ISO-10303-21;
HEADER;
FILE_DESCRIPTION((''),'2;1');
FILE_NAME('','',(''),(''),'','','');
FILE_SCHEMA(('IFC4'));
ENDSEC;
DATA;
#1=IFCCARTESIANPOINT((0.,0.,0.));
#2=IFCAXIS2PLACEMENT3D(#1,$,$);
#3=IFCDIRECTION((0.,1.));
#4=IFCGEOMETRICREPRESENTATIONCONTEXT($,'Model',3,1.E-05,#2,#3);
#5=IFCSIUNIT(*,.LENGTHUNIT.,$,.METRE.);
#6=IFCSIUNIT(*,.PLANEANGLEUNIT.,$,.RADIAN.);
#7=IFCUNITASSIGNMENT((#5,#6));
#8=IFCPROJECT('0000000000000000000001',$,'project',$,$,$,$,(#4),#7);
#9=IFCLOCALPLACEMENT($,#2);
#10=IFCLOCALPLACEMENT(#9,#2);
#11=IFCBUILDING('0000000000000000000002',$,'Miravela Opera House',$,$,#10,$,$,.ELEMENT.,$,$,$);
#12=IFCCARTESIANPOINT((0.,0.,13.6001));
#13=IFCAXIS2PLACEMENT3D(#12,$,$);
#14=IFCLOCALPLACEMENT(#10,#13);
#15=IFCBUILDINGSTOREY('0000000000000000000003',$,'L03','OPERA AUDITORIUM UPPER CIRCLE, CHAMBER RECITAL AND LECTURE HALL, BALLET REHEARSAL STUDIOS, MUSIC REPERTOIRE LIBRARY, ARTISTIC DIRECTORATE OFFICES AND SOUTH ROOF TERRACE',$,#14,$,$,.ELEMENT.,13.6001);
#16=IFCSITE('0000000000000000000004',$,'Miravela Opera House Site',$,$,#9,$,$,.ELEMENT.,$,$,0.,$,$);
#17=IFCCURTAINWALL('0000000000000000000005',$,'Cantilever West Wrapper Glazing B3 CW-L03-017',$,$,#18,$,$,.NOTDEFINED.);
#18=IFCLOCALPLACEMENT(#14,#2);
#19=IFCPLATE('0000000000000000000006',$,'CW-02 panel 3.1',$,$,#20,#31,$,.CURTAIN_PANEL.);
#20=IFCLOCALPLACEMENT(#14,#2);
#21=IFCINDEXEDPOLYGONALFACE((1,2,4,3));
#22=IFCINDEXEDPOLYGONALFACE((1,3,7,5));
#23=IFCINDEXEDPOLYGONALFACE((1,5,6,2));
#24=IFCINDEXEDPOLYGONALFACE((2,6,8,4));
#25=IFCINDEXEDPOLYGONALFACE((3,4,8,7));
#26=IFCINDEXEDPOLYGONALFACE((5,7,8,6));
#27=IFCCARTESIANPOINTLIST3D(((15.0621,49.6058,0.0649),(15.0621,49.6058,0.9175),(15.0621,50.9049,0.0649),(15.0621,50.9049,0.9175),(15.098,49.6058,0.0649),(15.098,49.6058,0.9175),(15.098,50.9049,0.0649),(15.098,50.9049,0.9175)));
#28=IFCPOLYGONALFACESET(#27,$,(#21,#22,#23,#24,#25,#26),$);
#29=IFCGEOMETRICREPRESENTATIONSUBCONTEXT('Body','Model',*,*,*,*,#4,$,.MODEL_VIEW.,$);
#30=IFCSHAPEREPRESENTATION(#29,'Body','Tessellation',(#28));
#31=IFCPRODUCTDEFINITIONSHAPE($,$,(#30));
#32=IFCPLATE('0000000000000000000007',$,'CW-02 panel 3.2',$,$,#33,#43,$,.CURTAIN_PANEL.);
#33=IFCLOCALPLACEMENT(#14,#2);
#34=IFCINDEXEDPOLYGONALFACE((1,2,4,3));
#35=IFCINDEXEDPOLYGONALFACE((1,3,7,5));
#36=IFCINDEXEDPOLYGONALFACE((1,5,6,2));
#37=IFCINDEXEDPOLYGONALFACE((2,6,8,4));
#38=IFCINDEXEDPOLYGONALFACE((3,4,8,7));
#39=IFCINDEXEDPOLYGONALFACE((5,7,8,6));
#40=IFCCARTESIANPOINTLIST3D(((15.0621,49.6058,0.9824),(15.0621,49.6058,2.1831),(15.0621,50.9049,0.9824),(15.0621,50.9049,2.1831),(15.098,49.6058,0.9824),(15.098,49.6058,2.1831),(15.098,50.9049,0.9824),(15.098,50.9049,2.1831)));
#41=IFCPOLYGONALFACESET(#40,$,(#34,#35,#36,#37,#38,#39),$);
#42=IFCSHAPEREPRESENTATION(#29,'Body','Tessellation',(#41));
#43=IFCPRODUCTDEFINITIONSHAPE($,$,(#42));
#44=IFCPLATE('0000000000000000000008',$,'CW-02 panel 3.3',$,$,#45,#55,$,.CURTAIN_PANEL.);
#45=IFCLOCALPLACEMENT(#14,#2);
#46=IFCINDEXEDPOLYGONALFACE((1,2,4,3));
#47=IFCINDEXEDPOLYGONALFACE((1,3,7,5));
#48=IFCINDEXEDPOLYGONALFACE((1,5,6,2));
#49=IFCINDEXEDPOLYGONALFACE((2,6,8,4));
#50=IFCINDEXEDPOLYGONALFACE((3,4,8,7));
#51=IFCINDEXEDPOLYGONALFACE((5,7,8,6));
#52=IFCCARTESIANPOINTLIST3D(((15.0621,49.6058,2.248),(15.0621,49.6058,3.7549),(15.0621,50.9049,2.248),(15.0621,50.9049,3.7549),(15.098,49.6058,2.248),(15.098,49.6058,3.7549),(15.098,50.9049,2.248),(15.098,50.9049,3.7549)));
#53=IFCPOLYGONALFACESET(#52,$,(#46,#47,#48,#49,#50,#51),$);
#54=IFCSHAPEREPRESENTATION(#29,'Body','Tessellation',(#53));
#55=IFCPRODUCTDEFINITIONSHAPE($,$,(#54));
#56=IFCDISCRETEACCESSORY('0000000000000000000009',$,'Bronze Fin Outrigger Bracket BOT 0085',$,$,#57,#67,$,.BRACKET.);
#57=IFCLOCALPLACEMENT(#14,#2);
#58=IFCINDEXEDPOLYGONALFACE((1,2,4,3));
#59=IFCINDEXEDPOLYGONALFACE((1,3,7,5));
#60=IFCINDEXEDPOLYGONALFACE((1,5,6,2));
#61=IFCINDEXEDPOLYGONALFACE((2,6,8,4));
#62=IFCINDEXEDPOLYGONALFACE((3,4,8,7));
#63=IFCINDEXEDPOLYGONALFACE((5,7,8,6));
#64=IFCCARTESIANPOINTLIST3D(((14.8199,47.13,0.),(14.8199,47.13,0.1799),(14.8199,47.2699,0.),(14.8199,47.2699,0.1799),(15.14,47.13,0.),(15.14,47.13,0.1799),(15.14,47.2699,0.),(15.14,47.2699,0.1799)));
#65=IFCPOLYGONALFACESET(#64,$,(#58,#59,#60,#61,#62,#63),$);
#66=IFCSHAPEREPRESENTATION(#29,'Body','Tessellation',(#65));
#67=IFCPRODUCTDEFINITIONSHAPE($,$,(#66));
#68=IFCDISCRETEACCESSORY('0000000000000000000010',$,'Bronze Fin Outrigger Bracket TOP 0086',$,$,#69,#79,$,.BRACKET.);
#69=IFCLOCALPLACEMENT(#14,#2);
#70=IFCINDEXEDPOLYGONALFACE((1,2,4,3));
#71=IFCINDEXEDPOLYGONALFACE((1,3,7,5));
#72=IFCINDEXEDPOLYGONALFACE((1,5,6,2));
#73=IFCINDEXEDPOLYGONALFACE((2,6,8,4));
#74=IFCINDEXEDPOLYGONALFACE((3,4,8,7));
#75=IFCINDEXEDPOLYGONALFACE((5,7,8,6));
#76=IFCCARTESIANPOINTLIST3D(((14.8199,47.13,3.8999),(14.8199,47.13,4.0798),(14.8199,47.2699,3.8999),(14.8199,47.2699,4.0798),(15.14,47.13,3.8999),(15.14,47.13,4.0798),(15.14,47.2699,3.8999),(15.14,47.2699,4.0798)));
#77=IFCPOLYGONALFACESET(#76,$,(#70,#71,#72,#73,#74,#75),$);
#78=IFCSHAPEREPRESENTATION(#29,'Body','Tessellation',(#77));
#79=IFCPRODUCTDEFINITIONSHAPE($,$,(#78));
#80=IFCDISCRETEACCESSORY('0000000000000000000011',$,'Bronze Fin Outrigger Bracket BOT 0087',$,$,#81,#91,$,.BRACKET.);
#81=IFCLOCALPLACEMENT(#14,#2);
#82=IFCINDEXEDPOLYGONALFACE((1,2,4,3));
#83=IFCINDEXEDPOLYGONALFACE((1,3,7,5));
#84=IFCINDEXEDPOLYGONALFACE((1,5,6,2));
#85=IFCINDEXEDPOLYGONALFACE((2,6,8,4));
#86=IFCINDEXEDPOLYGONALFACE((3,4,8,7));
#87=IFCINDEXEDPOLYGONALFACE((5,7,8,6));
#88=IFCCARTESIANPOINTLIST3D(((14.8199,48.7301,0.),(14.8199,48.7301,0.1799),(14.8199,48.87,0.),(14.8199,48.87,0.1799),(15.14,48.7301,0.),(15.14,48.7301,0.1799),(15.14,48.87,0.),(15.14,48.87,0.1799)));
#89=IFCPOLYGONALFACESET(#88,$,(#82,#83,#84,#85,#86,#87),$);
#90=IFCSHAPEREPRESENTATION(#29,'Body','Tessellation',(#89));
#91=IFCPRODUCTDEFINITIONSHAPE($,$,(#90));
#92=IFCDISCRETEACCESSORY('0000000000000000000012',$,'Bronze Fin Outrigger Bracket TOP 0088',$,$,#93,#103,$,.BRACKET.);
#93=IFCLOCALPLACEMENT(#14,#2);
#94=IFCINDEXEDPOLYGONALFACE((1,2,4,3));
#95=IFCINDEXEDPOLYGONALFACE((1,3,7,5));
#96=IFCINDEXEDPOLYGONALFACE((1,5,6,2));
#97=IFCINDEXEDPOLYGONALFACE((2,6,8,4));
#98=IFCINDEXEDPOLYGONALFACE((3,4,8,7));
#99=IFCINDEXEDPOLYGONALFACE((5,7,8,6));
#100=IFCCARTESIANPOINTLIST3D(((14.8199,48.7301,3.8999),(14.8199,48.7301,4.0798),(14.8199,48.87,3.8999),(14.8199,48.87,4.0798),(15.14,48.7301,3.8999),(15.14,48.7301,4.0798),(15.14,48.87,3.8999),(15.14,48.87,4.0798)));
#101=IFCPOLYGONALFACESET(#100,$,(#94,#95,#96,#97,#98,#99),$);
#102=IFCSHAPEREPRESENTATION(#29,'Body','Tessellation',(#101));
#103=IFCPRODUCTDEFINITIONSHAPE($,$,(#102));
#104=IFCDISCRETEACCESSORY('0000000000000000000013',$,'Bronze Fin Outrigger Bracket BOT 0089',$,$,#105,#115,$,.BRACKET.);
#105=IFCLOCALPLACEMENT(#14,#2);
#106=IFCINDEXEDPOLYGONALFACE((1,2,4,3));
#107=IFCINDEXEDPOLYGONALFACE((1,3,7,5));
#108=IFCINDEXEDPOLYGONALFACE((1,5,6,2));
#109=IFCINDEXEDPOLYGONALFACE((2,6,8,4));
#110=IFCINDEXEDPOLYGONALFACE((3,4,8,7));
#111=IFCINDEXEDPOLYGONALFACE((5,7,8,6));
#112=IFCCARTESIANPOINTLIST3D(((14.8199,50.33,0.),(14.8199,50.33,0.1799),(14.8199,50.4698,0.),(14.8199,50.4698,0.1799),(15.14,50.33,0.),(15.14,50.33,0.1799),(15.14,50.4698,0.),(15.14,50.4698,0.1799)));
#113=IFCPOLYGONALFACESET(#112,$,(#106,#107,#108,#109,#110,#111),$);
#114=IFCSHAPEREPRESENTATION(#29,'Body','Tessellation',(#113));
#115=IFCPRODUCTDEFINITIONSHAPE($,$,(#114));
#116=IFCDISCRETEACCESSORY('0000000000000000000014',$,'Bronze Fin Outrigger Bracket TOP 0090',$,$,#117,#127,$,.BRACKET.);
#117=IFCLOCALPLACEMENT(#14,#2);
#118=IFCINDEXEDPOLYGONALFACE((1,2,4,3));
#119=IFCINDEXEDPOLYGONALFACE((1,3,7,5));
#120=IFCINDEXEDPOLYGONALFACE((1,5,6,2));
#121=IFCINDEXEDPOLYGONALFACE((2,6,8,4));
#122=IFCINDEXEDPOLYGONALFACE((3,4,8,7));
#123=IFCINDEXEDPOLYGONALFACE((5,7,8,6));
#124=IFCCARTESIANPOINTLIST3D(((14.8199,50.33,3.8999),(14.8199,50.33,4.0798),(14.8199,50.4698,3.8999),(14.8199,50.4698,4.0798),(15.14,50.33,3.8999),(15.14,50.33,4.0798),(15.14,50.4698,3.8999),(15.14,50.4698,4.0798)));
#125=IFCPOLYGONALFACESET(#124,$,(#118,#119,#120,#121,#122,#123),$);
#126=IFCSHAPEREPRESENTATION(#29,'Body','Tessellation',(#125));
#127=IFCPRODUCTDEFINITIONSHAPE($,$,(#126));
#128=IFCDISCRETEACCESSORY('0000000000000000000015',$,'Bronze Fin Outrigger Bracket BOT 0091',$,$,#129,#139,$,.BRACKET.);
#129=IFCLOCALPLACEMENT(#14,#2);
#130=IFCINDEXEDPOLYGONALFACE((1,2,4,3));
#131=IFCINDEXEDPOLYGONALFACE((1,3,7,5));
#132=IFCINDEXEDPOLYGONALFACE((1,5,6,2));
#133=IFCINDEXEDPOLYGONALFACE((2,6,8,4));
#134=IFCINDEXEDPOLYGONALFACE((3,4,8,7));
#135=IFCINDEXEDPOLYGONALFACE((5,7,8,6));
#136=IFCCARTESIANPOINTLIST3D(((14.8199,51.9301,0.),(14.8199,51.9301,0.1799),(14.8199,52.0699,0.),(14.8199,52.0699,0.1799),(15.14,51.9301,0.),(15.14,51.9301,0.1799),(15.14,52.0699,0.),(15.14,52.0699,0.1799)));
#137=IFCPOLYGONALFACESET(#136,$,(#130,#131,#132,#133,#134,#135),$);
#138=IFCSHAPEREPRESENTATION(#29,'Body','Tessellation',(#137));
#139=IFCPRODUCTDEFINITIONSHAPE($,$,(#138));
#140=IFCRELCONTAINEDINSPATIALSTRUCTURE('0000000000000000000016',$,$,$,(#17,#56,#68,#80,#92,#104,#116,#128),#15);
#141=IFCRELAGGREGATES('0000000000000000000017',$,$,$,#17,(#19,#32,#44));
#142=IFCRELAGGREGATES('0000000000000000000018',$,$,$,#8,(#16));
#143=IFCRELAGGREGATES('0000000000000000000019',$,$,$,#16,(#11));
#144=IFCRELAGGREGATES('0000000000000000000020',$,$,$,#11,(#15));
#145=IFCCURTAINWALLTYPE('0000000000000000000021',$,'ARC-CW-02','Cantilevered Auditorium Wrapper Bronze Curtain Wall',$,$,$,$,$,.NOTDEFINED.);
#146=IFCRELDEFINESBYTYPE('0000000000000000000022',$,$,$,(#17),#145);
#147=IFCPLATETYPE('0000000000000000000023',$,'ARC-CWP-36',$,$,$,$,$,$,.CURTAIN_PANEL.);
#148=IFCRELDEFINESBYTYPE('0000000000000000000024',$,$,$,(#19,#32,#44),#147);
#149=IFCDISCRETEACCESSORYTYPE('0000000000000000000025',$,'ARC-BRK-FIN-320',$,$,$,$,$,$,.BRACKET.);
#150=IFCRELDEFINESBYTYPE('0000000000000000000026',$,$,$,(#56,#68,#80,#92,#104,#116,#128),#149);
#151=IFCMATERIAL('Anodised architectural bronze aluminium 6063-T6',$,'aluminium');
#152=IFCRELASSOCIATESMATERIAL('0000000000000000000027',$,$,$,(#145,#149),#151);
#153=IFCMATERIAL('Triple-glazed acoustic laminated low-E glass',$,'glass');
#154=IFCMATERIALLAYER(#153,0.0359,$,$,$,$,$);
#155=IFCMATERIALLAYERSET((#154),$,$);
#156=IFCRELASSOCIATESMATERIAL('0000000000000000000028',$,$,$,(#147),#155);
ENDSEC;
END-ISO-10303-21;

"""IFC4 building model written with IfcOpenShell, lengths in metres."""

from ifc_helpers import new_model, si_unit, direction, frame, origin, origin_2d, place, context, subcontext, project, spatial, rectangle, extrude, material, layer, layer_set, type_object, element, aggregate, save


model = new_model("IFC4")

# Units and contexts
model_context = context("Model", 3, precision=1e-05, world=origin(), true_north=direction((0.0, 1.0)))
body_context = subcontext(model_context, "Body", "Model", "MODEL_VIEW")
ifc_project = project(units=[si_unit("LENGTHUNIT", "METRE"), si_unit("PLANEANGLEUNIT", "RADIAN")], contexts=[model_context])

# Site, building, storey
site_placement = place(None, origin())
site = spatial("IfcSite", under=ifc_project, at=site_placement, Name="Miravela Opera House Site", CompositionType="ELEMENT", RefElevation=0.0)
building_placement = place(site_placement, origin())
building = spatial("IfcBuilding", under=site, at=building_placement, Name="Miravela Opera House", CompositionType="ELEMENT")
storey_placement = place(building_placement, frame((0.0, 0.0, 13.6001)))
storey = spatial("IfcBuildingStorey", under=building, at=storey_placement, Name="L03", Description="OPERA AUDITORIUM UPPER CIRCLE, CHAMBER RECITAL AND LECTURE HALL, BALLET REHEARSAL STUDIOS, MUSIC REPERTOIRE LIBRARY, ARTISTIC DIRECTORATE OFFICES AND SOUTH ROOF TERRACE", CompositionType="ELEMENT", Elevation=13.6001)

# Curtain wall
ifc_material_1 = material(Name="Anodised architectural bronze aluminium 6063-T6", Category="aluminium")
curtain_wall_type = type_object("IfcCurtainWallType", Name="ARC-CW-02", Description="Cantilevered Auditorium Wrapper Bronze Curtain Wall", PredefinedType="NOTDEFINED", material=ifc_material_1)
curtain_wall_1_placement = place(storey_placement, origin())
curtain_wall_1 = element("IfcCurtainWall", 1, at=curtain_wall_1_placement, inside=storey, type_object=curtain_wall_type, Name="Cantilever West Wrapper Glazing B3 CW-L03-017", PredefinedType="NOTDEFINED")

# Plates
ifc_material_2 = material(Name="Triple-glazed acoustic laminated low-E glass", Category="glass")
ifc_layer = layer(ifc_material_2, 0.0359)
ifc_layer_set = layer_set([ifc_layer])
plate_type = type_object("IfcPlateType", Name="ARC-CWP-36", PredefinedType="CURTAIN_PANEL", material=ifc_layer_set)
plate_1_placement = place(storey_placement, frame((15.0801, 50.2554, 0.0649), z_axis=(0.0, 0.0, 1.0), x_axis=(0.0, 1.0, 0.0)))
plate_1 = element("IfcPlate", 2, at=plate_1_placement, type_object=plate_type, Name="CW-02 panel 3.1", PredefinedType="CURTAIN_PANEL", context=body_context, shape_type="SweptSolid", body=[
    extrude(rectangle(XDim=1.2991, YDim=0.0359, at=origin_2d()), origin(), (0.0, 0.0, 1.0), 0.8525),
])
plate_2_placement = place(storey_placement, frame((15.0801, 50.2554, 0.9824), z_axis=(0.0, 0.0, 1.0), x_axis=(0.0, 1.0, 0.0)))
plate_2 = element("IfcPlate", 3, at=plate_2_placement, type_object=plate_type, Name="CW-02 panel 3.2", PredefinedType="CURTAIN_PANEL", context=body_context, shape_type="SweptSolid", body=[
    extrude(rectangle(XDim=1.2991, YDim=0.0359, at=origin_2d()), origin(), (0.0, 0.0, 1.0), 1.2007),
])
plate_3_placement = place(storey_placement, frame((15.0801, 50.2554, 2.248), z_axis=(0.0, 0.0, 1.0), x_axis=(0.0, 1.0, 0.0)))
plate_3 = element("IfcPlate", 4, at=plate_3_placement, type_object=plate_type, Name="CW-02 panel 3.3", PredefinedType="CURTAIN_PANEL", context=body_context, shape_type="SweptSolid", body=[
    extrude(rectangle(XDim=1.2991, YDim=0.0359, at=origin_2d()), origin(), (0.0, 0.0, 1.0), 1.5068),
])
aggregate(curtain_wall_1, [plate_1, plate_2, plate_3])

# Discrete accessories
discrete_accessory_type = type_object("IfcDiscreteAccessoryType", Name="ARC-BRK-FIN-320", PredefinedType="BRACKET", material=ifc_material_1)
for number, where, z_axis, x_axis, name in (
    (5, (14.98, 47.2, 0.0), (0.0, 0.0, 1.0), (1.0, 0.0, 0.0), "Bronze Fin Outrigger Bracket BOT 0085"),
    (6, (14.98, 47.2, 3.8999), (0.0, 0.0, 1.0), (1.0, 0.0, 0.0), "Bronze Fin Outrigger Bracket TOP 0086"),
    (7, (14.98, 48.8, 0.0), (0.0, 0.0, 1.0), (1.0, 0.0, 0.0), "Bronze Fin Outrigger Bracket BOT 0087"),
    (8, (14.98, 48.8, 3.8999), (0.0, 0.0, 1.0), (1.0, 0.0, 0.0), "Bronze Fin Outrigger Bracket TOP 0088"),
    (9, (14.98, 50.3999, 0.0), (0.0, 0.0, 1.0), (1.0, 0.0, 0.0), "Bronze Fin Outrigger Bracket BOT 0089"),
    (10, (14.98, 50.3999, 3.8999), (0.0, 0.0, 1.0), (1.0, 0.0, 0.0), "Bronze Fin Outrigger Bracket TOP 0090"),
    (11, (14.98, 52.0, 0.0), (0.0, 0.0, 1.0), (1.0, 0.0, 0.0), "Bronze Fin Outrigger Bracket BOT 0091"),
):
    element("IfcDiscreteAccessory", number, at=place(storey_placement, frame(where, z_axis=z_axis, x_axis=x_axis)), inside=storey, type_object=discrete_accessory_type, Name=name, PredefinedType="BRACKET", context=body_context, shape_type="SweptSolid", body=[
        extrude(rectangle(XDim=0.3201, YDim=0.1399, at=origin_2d()), origin(), (0.0, 0.0, 1.0), 0.1799),
    ])

save(model, "model.ifc")
